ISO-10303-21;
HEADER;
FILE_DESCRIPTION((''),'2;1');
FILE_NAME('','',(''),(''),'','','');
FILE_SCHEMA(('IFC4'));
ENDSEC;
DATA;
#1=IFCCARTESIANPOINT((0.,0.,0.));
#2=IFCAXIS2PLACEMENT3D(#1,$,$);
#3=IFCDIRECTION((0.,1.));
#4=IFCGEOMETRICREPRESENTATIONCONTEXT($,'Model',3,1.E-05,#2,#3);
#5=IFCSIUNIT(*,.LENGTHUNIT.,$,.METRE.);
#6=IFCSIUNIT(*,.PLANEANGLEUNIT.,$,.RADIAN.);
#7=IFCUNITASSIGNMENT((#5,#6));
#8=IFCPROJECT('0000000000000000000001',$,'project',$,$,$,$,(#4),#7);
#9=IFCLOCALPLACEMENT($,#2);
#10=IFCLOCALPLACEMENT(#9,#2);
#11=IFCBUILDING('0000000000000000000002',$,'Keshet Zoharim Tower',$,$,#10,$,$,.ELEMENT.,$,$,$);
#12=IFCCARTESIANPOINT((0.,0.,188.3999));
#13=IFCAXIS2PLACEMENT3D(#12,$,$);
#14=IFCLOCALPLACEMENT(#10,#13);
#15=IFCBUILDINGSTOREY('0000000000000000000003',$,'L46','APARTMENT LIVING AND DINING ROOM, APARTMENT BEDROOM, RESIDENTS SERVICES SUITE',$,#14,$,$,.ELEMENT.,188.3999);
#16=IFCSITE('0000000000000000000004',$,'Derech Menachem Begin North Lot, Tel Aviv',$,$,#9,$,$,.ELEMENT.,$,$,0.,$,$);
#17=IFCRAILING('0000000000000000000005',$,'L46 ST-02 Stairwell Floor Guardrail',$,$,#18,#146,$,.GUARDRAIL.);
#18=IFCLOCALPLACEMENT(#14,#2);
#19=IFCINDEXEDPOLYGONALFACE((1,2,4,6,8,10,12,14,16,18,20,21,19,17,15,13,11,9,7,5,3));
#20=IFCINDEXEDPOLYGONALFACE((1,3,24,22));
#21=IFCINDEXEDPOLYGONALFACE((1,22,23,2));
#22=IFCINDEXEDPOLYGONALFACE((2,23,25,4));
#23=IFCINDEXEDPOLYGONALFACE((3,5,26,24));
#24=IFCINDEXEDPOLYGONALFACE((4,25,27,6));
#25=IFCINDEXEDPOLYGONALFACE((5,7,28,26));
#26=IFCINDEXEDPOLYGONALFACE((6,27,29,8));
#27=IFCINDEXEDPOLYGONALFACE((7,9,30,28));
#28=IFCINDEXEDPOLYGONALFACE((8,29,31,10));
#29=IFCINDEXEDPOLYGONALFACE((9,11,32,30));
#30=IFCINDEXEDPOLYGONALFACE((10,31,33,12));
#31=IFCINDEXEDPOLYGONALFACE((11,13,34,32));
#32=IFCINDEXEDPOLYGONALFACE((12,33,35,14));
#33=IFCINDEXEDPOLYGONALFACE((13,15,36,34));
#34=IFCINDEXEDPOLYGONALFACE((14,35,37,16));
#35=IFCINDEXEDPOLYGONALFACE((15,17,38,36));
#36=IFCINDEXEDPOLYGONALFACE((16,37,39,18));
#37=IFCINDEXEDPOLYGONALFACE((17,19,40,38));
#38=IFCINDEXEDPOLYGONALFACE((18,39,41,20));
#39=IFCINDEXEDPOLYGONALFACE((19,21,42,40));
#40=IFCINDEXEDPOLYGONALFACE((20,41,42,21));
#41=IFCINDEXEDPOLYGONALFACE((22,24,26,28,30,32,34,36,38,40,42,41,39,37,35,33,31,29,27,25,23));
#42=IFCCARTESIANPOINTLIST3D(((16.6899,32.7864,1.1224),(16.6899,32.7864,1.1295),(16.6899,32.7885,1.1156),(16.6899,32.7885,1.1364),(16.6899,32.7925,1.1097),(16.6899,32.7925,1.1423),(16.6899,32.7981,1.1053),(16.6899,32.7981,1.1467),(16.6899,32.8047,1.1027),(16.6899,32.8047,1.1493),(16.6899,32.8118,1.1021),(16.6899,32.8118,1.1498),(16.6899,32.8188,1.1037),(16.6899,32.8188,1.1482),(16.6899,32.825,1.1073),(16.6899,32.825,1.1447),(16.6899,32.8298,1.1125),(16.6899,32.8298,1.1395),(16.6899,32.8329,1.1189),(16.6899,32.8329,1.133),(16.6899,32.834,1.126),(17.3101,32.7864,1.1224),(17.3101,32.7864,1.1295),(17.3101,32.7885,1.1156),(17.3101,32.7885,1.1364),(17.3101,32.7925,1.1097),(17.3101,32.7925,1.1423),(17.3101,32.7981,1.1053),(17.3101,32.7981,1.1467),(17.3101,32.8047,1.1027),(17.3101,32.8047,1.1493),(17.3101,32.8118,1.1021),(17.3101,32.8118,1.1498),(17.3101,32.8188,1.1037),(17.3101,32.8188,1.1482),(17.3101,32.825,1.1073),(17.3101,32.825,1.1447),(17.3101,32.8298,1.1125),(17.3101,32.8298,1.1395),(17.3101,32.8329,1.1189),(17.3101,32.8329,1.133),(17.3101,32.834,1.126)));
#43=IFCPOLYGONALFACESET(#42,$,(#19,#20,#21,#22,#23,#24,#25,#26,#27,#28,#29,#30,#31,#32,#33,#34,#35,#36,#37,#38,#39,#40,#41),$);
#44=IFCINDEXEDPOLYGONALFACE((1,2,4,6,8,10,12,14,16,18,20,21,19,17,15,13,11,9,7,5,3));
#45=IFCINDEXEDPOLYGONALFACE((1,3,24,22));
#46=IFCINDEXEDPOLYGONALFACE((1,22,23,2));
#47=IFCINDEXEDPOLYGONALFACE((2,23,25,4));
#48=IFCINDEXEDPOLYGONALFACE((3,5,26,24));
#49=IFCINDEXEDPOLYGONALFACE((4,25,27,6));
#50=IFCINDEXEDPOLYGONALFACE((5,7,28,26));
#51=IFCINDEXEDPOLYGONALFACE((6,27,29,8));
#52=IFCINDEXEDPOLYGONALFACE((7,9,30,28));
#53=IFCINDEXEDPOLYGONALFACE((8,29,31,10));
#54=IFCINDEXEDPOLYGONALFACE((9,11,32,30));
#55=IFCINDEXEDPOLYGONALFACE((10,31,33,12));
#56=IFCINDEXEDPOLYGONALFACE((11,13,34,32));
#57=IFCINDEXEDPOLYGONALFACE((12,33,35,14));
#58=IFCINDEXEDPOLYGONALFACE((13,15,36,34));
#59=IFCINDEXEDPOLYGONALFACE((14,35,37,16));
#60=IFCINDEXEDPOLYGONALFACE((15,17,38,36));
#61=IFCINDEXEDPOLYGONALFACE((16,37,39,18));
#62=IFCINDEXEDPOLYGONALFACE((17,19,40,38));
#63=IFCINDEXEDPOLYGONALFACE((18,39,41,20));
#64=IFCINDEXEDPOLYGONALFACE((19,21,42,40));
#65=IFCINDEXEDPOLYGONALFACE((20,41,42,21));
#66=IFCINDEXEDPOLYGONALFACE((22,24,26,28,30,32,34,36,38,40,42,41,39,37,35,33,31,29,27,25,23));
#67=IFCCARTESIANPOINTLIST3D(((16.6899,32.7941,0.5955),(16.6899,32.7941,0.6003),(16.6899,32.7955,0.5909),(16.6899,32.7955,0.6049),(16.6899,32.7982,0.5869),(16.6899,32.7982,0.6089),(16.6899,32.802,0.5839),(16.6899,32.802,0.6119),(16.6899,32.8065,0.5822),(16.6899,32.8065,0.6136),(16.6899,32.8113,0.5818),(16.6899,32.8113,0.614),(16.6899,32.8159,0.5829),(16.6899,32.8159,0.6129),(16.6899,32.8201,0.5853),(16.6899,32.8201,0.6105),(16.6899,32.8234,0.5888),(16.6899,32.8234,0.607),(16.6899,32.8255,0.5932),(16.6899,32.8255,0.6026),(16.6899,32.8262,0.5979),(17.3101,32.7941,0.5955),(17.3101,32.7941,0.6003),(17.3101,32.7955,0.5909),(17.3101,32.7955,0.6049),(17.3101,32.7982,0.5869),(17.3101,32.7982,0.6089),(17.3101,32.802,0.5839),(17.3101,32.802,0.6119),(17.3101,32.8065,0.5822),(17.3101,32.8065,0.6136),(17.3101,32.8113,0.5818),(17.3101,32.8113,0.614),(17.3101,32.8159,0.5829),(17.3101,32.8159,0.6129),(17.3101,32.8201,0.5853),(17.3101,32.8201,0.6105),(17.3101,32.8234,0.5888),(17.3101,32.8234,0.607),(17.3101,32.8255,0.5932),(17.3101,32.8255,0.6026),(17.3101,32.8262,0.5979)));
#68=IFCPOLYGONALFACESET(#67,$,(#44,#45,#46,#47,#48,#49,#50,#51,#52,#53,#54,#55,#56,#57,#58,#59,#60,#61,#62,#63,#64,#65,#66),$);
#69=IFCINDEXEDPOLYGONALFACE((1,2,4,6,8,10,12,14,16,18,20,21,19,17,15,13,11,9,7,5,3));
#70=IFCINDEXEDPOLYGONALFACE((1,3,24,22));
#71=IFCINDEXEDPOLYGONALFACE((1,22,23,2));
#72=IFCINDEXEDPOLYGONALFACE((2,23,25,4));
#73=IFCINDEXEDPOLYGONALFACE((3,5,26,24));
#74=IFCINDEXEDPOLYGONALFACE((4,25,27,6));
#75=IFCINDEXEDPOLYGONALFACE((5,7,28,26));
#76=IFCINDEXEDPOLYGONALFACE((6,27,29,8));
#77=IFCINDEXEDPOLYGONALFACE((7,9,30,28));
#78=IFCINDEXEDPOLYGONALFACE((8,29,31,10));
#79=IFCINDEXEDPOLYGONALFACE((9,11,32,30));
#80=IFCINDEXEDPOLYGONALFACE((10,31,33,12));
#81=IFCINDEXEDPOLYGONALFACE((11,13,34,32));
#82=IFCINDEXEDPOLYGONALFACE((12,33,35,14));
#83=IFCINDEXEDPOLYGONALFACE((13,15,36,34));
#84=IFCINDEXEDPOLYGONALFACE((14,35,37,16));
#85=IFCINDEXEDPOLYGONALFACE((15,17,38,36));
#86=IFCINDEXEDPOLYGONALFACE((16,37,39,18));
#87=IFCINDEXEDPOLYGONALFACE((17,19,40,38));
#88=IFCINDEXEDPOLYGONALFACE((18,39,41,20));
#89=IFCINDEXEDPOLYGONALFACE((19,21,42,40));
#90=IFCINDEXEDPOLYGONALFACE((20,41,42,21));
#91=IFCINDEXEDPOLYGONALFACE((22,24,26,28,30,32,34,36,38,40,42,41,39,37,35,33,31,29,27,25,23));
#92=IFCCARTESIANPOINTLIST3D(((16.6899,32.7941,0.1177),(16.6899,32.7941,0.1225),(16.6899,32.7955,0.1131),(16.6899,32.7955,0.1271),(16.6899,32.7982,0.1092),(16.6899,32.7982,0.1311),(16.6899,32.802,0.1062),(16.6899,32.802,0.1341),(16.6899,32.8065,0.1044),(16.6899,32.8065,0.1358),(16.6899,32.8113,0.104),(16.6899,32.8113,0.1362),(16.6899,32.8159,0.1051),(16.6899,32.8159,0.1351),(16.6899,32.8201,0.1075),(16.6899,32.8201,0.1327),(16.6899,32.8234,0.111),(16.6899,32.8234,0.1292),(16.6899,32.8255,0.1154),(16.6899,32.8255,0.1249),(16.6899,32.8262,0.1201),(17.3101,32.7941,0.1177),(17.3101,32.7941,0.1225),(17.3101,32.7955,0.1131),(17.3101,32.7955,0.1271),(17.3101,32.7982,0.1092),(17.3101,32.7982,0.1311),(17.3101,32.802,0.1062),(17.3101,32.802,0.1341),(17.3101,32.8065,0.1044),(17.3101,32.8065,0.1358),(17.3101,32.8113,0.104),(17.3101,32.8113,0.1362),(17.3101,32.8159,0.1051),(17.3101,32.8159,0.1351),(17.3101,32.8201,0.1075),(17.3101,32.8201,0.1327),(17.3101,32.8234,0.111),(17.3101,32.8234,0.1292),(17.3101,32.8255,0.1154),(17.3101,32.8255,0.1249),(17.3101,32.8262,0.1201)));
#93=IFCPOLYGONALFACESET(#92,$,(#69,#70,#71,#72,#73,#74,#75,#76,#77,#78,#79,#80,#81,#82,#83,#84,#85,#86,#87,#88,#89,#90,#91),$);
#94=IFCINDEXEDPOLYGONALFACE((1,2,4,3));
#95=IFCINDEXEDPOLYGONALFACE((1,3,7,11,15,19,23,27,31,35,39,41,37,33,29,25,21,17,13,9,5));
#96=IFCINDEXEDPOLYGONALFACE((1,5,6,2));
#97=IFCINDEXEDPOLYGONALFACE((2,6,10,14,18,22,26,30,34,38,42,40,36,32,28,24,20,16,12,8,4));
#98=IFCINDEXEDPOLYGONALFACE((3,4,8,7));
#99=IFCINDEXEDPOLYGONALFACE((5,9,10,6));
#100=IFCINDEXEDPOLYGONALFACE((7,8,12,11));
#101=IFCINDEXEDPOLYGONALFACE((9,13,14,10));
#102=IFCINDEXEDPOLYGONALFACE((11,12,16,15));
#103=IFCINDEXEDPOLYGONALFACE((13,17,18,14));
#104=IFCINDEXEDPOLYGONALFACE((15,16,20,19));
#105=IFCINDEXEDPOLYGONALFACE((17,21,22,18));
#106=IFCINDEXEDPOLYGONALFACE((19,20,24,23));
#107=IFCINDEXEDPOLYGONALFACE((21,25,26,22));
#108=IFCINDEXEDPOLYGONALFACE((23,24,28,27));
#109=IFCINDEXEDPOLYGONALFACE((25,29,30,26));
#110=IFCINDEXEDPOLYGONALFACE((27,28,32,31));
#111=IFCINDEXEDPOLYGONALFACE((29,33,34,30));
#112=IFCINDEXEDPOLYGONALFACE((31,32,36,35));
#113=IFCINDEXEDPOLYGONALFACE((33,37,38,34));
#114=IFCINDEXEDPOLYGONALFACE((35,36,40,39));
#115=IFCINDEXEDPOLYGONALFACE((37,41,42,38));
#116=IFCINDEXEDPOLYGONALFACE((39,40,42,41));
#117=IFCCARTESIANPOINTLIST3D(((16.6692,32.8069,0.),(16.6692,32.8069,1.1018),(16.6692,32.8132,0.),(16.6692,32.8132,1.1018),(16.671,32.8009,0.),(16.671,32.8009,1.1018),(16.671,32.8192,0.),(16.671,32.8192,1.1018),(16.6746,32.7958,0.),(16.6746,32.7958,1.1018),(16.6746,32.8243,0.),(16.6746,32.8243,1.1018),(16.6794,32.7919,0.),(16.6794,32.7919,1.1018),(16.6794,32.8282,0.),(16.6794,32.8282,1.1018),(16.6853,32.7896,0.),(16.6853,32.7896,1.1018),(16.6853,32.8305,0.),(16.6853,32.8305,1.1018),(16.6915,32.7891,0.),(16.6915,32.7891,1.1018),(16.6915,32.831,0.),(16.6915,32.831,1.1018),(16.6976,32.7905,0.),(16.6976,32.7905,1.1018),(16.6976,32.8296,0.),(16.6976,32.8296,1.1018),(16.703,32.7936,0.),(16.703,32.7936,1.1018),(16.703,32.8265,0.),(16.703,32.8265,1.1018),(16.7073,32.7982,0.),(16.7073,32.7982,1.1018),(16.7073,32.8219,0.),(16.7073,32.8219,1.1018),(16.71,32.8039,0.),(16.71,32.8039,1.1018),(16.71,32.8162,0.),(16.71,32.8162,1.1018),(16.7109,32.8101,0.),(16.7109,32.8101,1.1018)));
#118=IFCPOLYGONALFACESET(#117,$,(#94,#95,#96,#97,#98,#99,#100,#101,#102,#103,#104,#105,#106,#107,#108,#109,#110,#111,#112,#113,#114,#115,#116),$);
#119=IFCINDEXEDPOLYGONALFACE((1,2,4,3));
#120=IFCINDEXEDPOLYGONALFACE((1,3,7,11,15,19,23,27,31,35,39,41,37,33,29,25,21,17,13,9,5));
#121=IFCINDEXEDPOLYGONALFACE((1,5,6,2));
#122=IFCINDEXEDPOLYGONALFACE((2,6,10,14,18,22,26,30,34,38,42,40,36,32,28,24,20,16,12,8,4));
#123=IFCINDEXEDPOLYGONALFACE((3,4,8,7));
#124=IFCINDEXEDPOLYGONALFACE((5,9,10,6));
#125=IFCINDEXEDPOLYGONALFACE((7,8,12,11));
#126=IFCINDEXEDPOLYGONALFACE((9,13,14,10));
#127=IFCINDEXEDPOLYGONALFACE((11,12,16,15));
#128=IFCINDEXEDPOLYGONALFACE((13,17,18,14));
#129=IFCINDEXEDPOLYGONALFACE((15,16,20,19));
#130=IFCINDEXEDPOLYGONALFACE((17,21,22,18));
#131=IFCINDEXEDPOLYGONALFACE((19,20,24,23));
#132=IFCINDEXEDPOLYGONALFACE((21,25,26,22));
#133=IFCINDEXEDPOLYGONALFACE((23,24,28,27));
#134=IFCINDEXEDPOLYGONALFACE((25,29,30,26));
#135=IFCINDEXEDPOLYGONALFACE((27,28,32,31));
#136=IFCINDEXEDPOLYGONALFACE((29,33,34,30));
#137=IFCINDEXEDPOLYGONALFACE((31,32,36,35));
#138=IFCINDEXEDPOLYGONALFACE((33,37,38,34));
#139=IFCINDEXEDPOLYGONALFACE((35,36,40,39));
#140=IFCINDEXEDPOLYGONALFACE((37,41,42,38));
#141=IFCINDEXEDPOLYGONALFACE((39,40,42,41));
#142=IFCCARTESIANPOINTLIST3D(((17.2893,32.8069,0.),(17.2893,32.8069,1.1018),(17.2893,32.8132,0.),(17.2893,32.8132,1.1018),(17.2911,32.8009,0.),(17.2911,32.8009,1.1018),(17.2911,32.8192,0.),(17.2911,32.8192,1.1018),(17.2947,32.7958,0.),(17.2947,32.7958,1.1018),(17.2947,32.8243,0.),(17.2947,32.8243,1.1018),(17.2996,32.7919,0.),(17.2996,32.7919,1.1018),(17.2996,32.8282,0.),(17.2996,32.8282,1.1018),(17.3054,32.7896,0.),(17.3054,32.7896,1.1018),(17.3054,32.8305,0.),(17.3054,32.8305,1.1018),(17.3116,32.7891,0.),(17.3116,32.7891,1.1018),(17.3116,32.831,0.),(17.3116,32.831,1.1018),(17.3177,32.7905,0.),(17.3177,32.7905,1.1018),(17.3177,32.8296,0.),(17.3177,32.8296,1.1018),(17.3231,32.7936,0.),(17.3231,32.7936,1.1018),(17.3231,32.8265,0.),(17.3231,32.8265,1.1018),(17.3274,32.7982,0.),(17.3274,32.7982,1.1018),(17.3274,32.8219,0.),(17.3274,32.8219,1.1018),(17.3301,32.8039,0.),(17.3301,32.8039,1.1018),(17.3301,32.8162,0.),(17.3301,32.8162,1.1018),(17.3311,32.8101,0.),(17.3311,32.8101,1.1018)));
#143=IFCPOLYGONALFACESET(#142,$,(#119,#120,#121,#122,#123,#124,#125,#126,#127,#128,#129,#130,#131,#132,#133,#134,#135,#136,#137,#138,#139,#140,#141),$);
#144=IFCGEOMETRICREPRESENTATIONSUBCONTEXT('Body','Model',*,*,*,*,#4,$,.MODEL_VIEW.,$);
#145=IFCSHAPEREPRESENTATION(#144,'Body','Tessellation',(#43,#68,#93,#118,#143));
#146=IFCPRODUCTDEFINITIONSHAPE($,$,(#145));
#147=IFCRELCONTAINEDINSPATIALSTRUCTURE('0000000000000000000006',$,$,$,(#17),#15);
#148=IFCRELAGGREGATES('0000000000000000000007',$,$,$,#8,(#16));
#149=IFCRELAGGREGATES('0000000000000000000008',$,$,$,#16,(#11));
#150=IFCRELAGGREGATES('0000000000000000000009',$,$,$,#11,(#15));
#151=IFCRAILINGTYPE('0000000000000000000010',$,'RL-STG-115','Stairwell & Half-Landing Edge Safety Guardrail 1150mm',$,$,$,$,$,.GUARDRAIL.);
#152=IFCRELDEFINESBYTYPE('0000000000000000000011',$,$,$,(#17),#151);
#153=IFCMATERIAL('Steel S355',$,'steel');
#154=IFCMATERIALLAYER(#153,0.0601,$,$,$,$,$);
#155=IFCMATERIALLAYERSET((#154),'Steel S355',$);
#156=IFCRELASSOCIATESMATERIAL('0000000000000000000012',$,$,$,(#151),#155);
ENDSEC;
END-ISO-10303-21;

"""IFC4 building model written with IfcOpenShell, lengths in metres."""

from ifc_helpers import new_model, si_unit, direction, frame, origin, origin_2d, place, context, subcontext, project, spatial, circle, extrude, material, layer, layer_set, type_object, element, save


model = new_model("IFC4")

# Units and contexts
model_context = context("Model", 3, precision=1e-05, world=origin(), true_north=direction((0.0, 1.0)))
body_context = subcontext(model_context, "Body", "Model", "MODEL_VIEW")
ifc_project = project(units=[si_unit("LENGTHUNIT", "METRE"), si_unit("PLANEANGLEUNIT", "RADIAN")], contexts=[model_context])

# Site, building, storey
site_placement = place(None, origin())
site = spatial("IfcSite", under=ifc_project, at=site_placement, Name="Derech Menachem Begin North Lot, Tel Aviv", CompositionType="ELEMENT", RefElevation=0.0)
building_placement = place(site_placement, origin())
building = spatial("IfcBuilding", under=site, at=building_placement, Name="Keshet Zoharim Tower", CompositionType="ELEMENT")
storey_placement = place(building_placement, frame((0.0, 0.0, 188.3999)))
storey = spatial("IfcBuildingStorey", under=building, at=storey_placement, Name="L46", Description="APARTMENT LIVING AND DINING ROOM, APARTMENT BEDROOM, RESIDENTS SERVICES SUITE", CompositionType="ELEMENT", Elevation=188.3999)

# Shared definitions
ifc_material_1 = material(Name="Steel S355", Category="steel")

# Railing
ifc_layer_1 = layer(ifc_material_1, 0.0601)
ifc_layer_set_1 = layer_set([ifc_layer_1], Name="Steel S355")
railing_type_1 = type_object("IfcRailingType", Name="RL-STG-115", Description="Stairwell & Half-Landing Edge Safety Guardrail 1150mm", PredefinedType="GUARDRAIL", material=ifc_layer_set_1)
railing_1_placement = place(storey_placement, frame((16.6899, 32.8101, 0.0)))
element("IfcRailing", 1, at=railing_1_placement, inside=storey, type_object=railing_type_1, Name="L46 ST-02 Stairwell Floor Guardrail", PredefinedType="GUARDRAIL", context=body_context, shape_type="SweptSolid", body=[
    extrude(circle(Radius=0.0239, at=origin_2d()), frame((0.0, 0.0, 1.126), z_axis=(1.0, 0.0, 0.0), x_axis=(0.0, 1.0, 0.0)), (0.0, 0.0, 1.0), 0.6201),
    extrude(circle(Radius=0.0161, at=origin_2d()), frame((0.0, 0.0, 0.5979), z_axis=(1.0, 0.0, 0.0), x_axis=(0.0, 1.0, 0.0)), (0.0, 0.0, 1.0), 0.6201),
    extrude(circle(Radius=0.0161, at=origin_2d()), frame((0.0, 0.0, 0.1201), z_axis=(1.0, 0.0, 0.0), x_axis=(0.0, 1.0, 0.0)), (0.0, 0.0, 1.0), 0.6201),
    extrude(circle(Radius=0.021, at=origin_2d()), origin(), (0.0, 0.0, 1.0), 1.1018),
    extrude(circle(Radius=0.021, at=origin_2d()), frame((0.6201, 0.0, 0.0)), (0.0, 0.0, 1.0), 1.1018),
])

save(model, "model.ifc")
